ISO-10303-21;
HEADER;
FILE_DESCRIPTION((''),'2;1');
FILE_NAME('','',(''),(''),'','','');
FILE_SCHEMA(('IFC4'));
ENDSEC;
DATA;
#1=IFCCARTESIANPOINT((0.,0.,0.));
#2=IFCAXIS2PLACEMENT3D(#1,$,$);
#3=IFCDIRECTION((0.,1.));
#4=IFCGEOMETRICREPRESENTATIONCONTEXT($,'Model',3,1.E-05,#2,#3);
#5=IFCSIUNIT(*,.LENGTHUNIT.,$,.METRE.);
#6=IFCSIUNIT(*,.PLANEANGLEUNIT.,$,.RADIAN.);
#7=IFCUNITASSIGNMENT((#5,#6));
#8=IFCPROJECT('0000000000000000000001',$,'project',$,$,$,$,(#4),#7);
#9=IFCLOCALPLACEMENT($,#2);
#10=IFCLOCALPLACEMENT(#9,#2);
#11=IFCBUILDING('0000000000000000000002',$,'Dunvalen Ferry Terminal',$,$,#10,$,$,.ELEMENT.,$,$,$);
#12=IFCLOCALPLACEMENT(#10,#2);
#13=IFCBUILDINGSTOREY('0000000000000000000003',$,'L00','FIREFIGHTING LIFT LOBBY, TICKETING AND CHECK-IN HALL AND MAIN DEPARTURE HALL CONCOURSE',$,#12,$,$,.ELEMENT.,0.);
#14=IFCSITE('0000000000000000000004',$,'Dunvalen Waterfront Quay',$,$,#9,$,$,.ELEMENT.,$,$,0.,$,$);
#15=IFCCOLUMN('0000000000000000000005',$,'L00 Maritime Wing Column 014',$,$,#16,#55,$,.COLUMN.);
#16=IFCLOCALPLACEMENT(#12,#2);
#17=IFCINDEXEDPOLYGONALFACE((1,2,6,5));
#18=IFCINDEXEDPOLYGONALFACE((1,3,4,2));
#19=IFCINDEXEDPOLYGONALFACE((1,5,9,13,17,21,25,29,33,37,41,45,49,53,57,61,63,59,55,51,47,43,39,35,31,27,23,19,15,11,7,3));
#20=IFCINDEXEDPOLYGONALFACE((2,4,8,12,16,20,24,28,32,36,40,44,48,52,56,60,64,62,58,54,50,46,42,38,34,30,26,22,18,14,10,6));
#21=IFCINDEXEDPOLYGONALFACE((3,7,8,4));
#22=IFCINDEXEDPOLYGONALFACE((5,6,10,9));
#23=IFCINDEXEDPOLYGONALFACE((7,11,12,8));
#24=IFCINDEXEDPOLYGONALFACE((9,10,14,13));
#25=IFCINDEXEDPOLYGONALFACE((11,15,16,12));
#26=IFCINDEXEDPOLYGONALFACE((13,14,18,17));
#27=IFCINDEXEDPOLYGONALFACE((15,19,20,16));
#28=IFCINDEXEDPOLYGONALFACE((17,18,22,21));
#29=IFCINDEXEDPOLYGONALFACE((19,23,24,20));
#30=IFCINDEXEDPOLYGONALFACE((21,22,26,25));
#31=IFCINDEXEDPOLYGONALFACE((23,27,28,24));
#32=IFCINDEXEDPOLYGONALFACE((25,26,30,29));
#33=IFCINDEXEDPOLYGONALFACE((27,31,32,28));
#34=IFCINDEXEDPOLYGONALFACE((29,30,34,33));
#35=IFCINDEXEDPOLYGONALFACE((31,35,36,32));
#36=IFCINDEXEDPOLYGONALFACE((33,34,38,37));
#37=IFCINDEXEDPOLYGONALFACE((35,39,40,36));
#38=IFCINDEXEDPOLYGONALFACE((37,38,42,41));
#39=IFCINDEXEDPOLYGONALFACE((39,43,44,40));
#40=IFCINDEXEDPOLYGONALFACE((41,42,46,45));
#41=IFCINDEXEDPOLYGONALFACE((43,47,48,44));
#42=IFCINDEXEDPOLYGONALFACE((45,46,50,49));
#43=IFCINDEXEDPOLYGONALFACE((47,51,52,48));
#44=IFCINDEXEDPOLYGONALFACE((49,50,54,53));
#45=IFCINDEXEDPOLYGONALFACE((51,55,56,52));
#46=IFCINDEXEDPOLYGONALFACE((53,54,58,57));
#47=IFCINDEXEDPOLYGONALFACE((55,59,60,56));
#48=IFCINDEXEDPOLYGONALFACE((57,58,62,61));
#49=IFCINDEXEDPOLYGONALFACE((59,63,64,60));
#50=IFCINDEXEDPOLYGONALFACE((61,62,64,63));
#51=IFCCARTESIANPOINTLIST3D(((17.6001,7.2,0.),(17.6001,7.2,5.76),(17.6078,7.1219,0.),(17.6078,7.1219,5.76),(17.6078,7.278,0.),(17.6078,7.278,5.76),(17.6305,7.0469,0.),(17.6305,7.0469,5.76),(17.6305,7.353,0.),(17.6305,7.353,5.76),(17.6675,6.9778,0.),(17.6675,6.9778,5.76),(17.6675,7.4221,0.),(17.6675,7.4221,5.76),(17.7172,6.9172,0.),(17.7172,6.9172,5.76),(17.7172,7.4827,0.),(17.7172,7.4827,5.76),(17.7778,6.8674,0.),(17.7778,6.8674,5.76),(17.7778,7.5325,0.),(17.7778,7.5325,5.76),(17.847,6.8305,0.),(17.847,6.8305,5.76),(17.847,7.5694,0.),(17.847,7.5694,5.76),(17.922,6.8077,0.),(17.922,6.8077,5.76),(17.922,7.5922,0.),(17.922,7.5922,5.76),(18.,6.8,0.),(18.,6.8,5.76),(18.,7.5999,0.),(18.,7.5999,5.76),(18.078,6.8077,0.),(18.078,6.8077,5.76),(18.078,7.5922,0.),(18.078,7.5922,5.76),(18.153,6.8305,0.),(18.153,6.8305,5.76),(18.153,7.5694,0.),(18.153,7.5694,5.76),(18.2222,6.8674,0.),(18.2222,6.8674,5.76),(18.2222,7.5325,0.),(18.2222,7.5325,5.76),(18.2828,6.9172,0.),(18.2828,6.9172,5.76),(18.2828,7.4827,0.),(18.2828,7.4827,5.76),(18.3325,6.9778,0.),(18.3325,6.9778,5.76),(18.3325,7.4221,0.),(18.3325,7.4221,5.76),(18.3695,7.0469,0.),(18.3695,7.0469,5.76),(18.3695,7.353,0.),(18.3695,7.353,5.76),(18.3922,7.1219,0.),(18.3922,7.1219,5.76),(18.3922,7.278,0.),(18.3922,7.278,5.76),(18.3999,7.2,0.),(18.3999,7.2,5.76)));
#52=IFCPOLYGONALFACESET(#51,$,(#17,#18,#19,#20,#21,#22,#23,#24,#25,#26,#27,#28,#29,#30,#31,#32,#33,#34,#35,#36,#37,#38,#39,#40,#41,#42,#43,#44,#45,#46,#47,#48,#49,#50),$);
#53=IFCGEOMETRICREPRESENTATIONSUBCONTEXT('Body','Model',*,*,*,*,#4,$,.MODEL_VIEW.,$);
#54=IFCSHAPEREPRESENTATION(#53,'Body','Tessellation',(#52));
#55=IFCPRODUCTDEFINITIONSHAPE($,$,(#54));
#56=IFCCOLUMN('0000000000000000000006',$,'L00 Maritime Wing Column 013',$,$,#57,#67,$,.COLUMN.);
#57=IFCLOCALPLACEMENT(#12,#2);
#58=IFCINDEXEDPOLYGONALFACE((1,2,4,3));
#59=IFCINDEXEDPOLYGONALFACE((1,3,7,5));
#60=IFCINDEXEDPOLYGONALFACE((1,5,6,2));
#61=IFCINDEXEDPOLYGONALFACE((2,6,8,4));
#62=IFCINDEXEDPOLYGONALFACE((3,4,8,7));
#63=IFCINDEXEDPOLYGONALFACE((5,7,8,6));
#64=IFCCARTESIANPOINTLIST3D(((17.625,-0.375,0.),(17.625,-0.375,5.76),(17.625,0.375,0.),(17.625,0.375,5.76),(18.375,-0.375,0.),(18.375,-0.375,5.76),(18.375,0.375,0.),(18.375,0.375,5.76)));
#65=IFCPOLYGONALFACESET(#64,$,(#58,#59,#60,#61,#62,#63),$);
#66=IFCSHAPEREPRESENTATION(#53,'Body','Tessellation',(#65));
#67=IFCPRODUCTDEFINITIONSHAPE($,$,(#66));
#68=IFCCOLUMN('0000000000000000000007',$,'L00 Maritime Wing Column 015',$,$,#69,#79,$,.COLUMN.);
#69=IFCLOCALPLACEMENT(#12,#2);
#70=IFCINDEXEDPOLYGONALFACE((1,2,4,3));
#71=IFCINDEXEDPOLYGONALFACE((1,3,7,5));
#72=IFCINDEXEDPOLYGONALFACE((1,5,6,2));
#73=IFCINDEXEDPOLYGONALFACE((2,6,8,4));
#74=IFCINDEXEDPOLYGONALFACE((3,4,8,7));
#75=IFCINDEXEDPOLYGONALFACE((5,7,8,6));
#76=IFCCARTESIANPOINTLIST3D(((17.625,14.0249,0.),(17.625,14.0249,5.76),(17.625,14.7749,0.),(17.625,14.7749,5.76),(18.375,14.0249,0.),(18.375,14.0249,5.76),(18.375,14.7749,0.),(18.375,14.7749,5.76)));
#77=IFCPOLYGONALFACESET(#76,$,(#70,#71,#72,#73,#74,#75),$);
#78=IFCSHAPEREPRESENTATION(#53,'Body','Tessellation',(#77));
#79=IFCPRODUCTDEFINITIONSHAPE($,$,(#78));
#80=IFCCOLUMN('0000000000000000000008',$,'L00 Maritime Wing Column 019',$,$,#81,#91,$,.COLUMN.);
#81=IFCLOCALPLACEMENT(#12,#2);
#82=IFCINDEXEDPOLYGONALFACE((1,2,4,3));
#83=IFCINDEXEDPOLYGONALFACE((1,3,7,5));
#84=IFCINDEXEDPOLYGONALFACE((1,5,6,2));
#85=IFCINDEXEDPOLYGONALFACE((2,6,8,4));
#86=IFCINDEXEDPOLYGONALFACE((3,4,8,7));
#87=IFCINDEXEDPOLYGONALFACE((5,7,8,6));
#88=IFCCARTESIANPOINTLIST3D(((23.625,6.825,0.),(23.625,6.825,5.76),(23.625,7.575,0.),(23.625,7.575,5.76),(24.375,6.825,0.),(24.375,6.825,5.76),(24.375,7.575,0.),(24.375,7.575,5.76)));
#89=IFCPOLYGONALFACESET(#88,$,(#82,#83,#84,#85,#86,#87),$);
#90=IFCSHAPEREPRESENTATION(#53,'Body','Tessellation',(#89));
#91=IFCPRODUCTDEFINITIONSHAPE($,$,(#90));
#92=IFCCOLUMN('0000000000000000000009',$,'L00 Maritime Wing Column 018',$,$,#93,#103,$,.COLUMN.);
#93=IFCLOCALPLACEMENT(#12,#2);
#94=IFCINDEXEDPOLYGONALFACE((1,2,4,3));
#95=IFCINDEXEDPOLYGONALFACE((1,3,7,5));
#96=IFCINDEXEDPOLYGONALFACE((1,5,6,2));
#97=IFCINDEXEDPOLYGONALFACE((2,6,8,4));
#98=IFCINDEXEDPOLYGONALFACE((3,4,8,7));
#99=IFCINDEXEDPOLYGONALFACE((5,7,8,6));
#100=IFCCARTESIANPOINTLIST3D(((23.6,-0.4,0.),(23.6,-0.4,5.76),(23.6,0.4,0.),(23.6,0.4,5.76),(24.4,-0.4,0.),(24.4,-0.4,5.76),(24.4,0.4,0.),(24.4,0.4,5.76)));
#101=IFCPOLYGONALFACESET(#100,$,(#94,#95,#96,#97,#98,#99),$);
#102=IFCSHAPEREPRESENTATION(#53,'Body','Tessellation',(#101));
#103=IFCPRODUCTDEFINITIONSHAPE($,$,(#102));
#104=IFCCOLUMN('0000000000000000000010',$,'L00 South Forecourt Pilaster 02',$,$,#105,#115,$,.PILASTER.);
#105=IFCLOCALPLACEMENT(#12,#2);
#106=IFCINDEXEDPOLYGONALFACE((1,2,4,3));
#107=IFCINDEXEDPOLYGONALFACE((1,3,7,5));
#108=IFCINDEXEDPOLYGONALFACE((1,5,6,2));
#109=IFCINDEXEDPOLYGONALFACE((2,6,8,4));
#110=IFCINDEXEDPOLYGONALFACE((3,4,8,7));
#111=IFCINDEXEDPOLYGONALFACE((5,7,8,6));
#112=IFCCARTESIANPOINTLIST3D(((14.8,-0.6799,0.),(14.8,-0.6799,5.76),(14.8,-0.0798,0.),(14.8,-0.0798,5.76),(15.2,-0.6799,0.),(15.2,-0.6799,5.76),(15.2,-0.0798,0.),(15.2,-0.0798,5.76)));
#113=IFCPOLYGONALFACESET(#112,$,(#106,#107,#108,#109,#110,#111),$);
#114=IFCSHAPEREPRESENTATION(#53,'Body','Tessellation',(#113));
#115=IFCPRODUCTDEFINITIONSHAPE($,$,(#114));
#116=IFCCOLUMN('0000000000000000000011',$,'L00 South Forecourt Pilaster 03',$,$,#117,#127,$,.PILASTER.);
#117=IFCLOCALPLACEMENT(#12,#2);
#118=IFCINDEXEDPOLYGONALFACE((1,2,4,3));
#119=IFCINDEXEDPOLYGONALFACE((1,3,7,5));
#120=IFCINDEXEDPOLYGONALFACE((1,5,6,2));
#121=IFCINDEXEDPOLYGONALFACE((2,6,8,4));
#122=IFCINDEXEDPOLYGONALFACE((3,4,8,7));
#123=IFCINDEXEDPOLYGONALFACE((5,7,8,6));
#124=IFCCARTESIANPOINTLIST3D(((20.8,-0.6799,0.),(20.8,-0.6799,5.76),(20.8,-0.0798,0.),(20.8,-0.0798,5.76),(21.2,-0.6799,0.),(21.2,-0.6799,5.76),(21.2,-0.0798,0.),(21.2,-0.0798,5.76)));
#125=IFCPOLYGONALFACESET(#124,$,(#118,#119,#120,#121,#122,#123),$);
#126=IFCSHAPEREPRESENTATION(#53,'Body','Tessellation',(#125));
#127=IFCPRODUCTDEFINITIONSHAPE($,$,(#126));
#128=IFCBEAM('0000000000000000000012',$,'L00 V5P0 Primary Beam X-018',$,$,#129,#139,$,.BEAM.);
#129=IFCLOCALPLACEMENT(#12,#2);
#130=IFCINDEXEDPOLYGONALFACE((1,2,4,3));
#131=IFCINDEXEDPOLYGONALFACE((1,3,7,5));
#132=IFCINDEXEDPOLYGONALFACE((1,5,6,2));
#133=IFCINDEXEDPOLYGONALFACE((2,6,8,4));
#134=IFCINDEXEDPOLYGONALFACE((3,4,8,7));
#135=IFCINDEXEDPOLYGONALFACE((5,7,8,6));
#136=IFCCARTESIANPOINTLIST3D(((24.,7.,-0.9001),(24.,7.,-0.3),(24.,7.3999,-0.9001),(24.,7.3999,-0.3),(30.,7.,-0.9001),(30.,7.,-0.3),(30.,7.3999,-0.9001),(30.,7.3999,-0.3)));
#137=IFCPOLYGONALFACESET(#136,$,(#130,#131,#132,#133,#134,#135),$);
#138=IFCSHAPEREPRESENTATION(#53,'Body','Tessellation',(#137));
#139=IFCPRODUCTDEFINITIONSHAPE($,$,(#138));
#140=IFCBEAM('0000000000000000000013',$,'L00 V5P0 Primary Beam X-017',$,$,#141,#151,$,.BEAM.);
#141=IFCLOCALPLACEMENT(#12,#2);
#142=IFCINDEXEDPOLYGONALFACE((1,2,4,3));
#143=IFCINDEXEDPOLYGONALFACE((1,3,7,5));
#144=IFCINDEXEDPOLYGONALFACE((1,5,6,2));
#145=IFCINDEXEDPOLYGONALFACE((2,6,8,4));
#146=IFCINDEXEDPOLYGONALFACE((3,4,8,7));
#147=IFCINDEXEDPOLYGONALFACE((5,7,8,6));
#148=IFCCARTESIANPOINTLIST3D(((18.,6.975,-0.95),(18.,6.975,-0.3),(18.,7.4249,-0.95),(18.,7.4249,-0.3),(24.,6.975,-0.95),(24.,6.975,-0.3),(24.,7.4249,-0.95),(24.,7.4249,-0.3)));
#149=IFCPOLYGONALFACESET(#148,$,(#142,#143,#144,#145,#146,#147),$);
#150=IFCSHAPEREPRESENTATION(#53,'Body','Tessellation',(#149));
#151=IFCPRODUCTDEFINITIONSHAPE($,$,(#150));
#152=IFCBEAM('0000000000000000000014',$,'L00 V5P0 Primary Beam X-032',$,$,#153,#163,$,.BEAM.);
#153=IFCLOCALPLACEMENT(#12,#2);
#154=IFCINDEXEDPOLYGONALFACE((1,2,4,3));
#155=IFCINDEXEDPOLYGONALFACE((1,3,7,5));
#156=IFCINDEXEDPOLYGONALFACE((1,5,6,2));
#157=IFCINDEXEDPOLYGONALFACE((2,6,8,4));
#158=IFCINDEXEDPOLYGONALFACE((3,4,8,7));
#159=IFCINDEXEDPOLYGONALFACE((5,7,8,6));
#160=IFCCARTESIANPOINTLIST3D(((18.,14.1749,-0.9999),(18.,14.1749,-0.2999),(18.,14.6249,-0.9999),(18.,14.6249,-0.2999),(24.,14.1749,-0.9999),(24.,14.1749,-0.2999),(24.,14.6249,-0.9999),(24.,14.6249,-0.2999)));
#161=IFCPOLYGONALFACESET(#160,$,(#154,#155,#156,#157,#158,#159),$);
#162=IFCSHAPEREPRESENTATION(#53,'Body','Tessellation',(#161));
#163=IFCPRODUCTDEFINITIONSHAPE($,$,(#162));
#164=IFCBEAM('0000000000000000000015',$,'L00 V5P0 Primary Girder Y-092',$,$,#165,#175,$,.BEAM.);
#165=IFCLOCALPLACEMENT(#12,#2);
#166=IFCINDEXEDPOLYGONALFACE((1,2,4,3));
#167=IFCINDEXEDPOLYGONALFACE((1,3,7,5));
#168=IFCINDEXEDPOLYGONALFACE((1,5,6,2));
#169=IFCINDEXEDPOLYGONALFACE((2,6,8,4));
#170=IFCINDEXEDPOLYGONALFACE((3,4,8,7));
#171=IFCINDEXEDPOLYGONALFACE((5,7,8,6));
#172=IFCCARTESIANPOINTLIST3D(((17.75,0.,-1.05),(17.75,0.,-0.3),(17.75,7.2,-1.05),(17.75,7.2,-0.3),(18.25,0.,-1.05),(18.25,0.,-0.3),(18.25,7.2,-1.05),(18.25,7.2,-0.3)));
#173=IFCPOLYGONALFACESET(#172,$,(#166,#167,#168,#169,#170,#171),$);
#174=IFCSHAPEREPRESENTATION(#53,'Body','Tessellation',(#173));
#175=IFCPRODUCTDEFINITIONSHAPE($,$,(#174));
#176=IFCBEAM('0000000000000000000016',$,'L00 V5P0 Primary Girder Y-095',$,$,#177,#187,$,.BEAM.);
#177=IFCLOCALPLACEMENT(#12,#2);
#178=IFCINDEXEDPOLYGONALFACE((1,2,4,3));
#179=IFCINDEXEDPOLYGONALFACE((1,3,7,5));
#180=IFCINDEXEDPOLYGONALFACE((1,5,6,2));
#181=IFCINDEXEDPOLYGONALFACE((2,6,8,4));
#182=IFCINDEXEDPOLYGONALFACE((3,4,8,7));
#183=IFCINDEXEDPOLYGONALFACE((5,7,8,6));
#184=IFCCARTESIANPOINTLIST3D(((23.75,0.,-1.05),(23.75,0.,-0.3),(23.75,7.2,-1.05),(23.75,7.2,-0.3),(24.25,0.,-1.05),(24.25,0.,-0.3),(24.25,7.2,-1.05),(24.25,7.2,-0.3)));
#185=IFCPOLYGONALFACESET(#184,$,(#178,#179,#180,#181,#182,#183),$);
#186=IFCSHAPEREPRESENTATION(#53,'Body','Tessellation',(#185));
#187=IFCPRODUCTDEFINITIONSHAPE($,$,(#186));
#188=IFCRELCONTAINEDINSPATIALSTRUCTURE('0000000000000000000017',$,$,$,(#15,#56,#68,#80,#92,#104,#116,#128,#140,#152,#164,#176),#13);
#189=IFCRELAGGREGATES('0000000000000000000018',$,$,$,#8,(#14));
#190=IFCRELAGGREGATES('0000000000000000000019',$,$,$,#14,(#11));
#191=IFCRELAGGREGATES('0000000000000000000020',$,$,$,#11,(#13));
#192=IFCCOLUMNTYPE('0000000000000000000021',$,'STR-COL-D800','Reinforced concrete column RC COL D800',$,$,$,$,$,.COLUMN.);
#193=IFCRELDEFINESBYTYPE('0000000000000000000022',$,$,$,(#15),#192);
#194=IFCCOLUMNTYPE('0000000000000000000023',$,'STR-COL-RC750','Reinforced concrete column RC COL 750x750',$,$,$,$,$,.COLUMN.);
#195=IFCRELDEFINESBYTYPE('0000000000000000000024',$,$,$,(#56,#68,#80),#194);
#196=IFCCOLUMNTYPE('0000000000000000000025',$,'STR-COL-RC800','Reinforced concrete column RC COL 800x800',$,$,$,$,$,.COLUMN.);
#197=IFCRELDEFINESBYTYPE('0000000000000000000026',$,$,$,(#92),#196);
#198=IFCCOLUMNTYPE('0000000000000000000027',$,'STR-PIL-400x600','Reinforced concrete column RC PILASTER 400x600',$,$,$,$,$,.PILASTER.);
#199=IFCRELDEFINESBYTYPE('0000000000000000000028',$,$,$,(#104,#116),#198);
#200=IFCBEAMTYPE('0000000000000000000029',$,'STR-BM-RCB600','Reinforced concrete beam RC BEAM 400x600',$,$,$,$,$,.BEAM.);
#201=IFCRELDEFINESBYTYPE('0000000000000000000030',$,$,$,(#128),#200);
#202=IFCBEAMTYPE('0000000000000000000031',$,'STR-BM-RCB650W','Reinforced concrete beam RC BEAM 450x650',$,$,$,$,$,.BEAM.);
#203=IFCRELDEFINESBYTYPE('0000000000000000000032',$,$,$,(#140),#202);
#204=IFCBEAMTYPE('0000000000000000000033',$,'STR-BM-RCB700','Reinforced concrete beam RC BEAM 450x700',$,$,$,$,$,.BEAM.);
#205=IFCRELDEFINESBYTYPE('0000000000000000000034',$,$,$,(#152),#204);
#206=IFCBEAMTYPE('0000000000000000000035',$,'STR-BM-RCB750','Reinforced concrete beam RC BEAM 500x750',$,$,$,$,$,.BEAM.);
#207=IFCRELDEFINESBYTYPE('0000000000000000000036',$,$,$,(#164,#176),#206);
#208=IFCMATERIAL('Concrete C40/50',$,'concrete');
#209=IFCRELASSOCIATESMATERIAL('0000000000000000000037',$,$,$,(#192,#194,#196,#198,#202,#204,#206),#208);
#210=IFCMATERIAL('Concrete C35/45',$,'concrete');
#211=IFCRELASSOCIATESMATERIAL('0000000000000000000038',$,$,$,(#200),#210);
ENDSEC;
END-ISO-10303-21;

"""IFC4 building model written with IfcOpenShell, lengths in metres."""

from ifc_helpers import new_model, si_unit, direction, frame, origin, origin_2d, place, context, subcontext, project, spatial, rectangle, circle, extrude, material, material_profile, profile_set, type_object, element, save


model = new_model("IFC4")

# Units and contexts
model_context = context("Model", 3, precision=1e-05, world=origin(), true_north=direction((0.0, 1.0)))
body_context = subcontext(model_context, "Body", "Model", "MODEL_VIEW")
ifc_project = project(units=[si_unit("LENGTHUNIT", "METRE"), si_unit("PLANEANGLEUNIT", "RADIAN")], contexts=[model_context])

# Site, building, storey
site_placement = place(None, origin())
site = spatial("IfcSite", under=ifc_project, at=site_placement, Name="Dunvalen Waterfront Quay", CompositionType="ELEMENT", RefElevation=0.0)
building_placement = place(site_placement, origin())
building = spatial("IfcBuilding", under=site, at=building_placement, Name="Dunvalen Ferry Terminal", CompositionType="ELEMENT")
storey_placement = place(building_placement, origin())
storey = spatial("IfcBuildingStorey", under=building, at=storey_placement, Name="L00", Description="FIREFIGHTING LIFT LOBBY, TICKETING AND CHECK-IN HALL AND MAIN DEPARTURE HALL CONCOURSE", CompositionType="ELEMENT", Elevation=0.0)

# Columns
ifc_material_1 = material(Name="Concrete C40/50", Category="concrete")
ifc_material_profile_1 = material_profile(ifc_material_1, circle(Radius=0.3999, at=origin_2d()), Name="Concrete C40/50")
ifc_profile_set_1 = profile_set([ifc_material_profile_1], Name="Concrete C40/50")
column_type_1 = type_object("IfcColumnType", Name="STR-COL-D800", Description="Reinforced concrete column RC COL D800", PredefinedType="COLUMN", material=ifc_profile_set_1)
column_1_placement = place(storey_placement, frame((18.0, 7.2, 0.0), z_axis=(0.0, 0.0, 1.0), x_axis=(1.0, 0.0, 0.0)))
element("IfcColumn", 1, at=column_1_placement, inside=storey, type_object=column_type_1, Name="L00 Maritime Wing Column 014", PredefinedType="COLUMN", context=body_context, shape_type="SweptSolid", body=[
    extrude(circle(Radius=0.3999, at=origin_2d()), origin(), (0.0, 0.0, 1.0), 5.76),
])
ifc_material_profile_2 = material_profile(ifc_material_1, rectangle(XDim=0.75, YDim=0.75, at=origin_2d()), Name="Concrete C40/50")
ifc_profile_set_2 = profile_set([ifc_material_profile_2], Name="Concrete C40/50")
column_type_2 = type_object("IfcColumnType", Name="STR-COL-RC750", Description="Reinforced concrete column RC COL 750x750", PredefinedType="COLUMN", material=ifc_profile_set_2)
for number, where, z_axis, x_axis, name in (
    (2, (18.0, 0.0, 0.0), (0.0, 0.0, 1.0), (1.0, 0.0, 0.0), "L00 Maritime Wing Column 013"),
    (3, (18.0, 14.3999, 0.0), (0.0, 0.0, 1.0), (1.0, 0.0, 0.0), "L00 Maritime Wing Column 015"),
    (4, (24.0, 7.2, 0.0), (0.0, 0.0, 1.0), (1.0, 0.0, 0.0), "L00 Maritime Wing Column 019"),
):
    element("IfcColumn", number, at=place(storey_placement, frame(where, z_axis=z_axis, x_axis=x_axis)), inside=storey, type_object=column_type_2, Name=name, PredefinedType="COLUMN", context=body_context, shape_type="SweptSolid", body=[
        extrude(rectangle(XDim=0.75, YDim=0.75, at=origin_2d()), origin(), (0.0, 0.0, 1.0), 5.76),
    ])
ifc_material_profile_3 = material_profile(ifc_material_1, rectangle(XDim=0.8, YDim=0.8, at=origin_2d()), Name="Concrete C40/50")
ifc_profile_set_3 = profile_set([ifc_material_profile_3], Name="Concrete C40/50")
column_type_3 = type_object("IfcColumnType", Name="STR-COL-RC800", Description="Reinforced concrete column RC COL 800x800", PredefinedType="COLUMN", material=ifc_profile_set_3)
column_2_placement = place(storey_placement, frame((24.0, 0.0, 0.0), z_axis=(0.0, 0.0, 1.0), x_axis=(1.0, 0.0, 0.0)))
element("IfcColumn", 5, at=column_2_placement, inside=storey, type_object=column_type_3, Name="L00 Maritime Wing Column 018", PredefinedType="COLUMN", context=body_context, shape_type="SweptSolid", body=[
    extrude(rectangle(XDim=0.8, YDim=0.8, at=origin_2d()), origin(), (0.0, 0.0, 1.0), 5.76),
])
ifc_material_profile_4 = material_profile(ifc_material_1, rectangle(XDim=0.3999, YDim=0.6001, at=origin_2d()), Name="Concrete C40/50")
ifc_profile_set_4 = profile_set([ifc_material_profile_4], Name="Concrete C40/50")
column_type_4 = type_object("IfcColumnType", Name="STR-PIL-400x600", Description="Reinforced concrete column RC PILASTER 400x600", PredefinedType="PILASTER", material=ifc_profile_set_4)
for number, where, z_axis, x_axis, name in (
    (6, (15.0, -0.3799, 0.0), (0.0, 0.0, 1.0), (1.0, 0.0, 0.0), "L00 South Forecourt Pilaster 02"),
    (7, (21.0, -0.3799, 0.0), (0.0, 0.0, 1.0), (1.0, 0.0, 0.0), "L00 South Forecourt Pilaster 03"),
):
    element("IfcColumn", number, at=place(storey_placement, frame(where, z_axis=z_axis, x_axis=x_axis)), inside=storey, type_object=column_type_4, Name=name, PredefinedType="PILASTER", context=body_context, shape_type="SweptSolid", body=[
        extrude(rectangle(XDim=0.3999, YDim=0.6001, at=origin_2d()), origin(), (0.0, 0.0, 1.0), 5.76),
    ])

# Beams
ifc_material_2 = material(Name="Concrete C35/45", Category="concrete")
ifc_material_profile_5 = material_profile(ifc_material_2, rectangle(XDim=0.3999, YDim=0.6001, at=origin_2d()), Name="Concrete C35/45")
ifc_profile_set_5 = profile_set([ifc_material_profile_5], Name="Concrete C35/45")
beam_type_1 = type_object("IfcBeamType", Name="STR-BM-RCB600", Description="Reinforced concrete beam RC BEAM 400x600", PredefinedType="BEAM", material=ifc_profile_set_5)
beam_1_placement = place(storey_placement, frame((24.0, 7.2, -0.6001), z_axis=(1.0, 0.0, 0.0), x_axis=(0.0, 1.0, 0.0)))
element("IfcBeam", 8, at=beam_1_placement, inside=storey, type_object=beam_type_1, Name="L00 V5P0 Primary Beam X-018", PredefinedType="BEAM", context=body_context, shape_type="SweptSolid", body=[
    extrude(rectangle(XDim=0.3999, YDim=0.6001, at=origin_2d()), origin(), (0.0, 0.0, 1.0), 6.0),
])
ifc_material_profile_6 = material_profile(ifc_material_1, rectangle(XDim=0.45, YDim=0.6499, at=origin_2d()), Name="Concrete C40/50")
ifc_profile_set_6 = profile_set([ifc_material_profile_6], Name="Concrete C40/50")
beam_type_2 = type_object("IfcBeamType", Name="STR-BM-RCB650W", Description="Reinforced concrete beam RC BEAM 450x650", PredefinedType="BEAM", material=ifc_profile_set_6)
beam_2_placement = place(storey_placement, frame((18.0, 7.2, -0.625), z_axis=(1.0, 0.0, 0.0), x_axis=(0.0, 1.0, 0.0)))
element("IfcBeam", 9, at=beam_2_placement, inside=storey, type_object=beam_type_2, Name="L00 V5P0 Primary Beam X-017", PredefinedType="BEAM", context=body_context, shape_type="SweptSolid", body=[
    extrude(rectangle(XDim=0.45, YDim=0.6499, at=origin_2d()), origin(), (0.0, 0.0, 1.0), 6.0),
])
ifc_material_profile_7 = material_profile(ifc_material_1, rectangle(XDim=0.45, YDim=0.7, at=origin_2d()), Name="Concrete C40/50")
ifc_profile_set_7 = profile_set([ifc_material_profile_7], Name="Concrete C40/50")
beam_type_3 = type_object("IfcBeamType", Name="STR-BM-RCB700", Description="Reinforced concrete beam RC BEAM 450x700", PredefinedType="BEAM", material=ifc_profile_set_7)
beam_3_placement = place(storey_placement, frame((18.0, 14.3999, -0.6499), z_axis=(1.0, 0.0, 0.0), x_axis=(0.0, 1.0, 0.0)))
element("IfcBeam", 10, at=beam_3_placement, inside=storey, type_object=beam_type_3, Name="L00 V5P0 Primary Beam X-032", PredefinedType="BEAM", context=body_context, shape_type="SweptSolid", body=[
    extrude(rectangle(XDim=0.45, YDim=0.7, at=origin_2d()), origin(), (0.0, 0.0, 1.0), 6.0),
])
ifc_material_profile_8 = material_profile(ifc_material_1, rectangle(XDim=0.5, YDim=0.75, at=origin_2d()), Name="Concrete C40/50")
ifc_profile_set_8 = profile_set([ifc_material_profile_8], Name="Concrete C40/50")
beam_type_4 = type_object("IfcBeamType", Name="STR-BM-RCB750", Description="Reinforced concrete beam RC BEAM 500x750", PredefinedType="BEAM", material=ifc_profile_set_8)
for number, where, z_axis, x_axis, name in (
    (11, (18.0, 0.0, -0.675), (0.0, 1.0, 0.0), (-1.0, 0.0, 0.0), "L00 V5P0 Primary Girder Y-092"),
    (12, (24.0, 0.0, -0.675), (0.0, 1.0, 0.0), (-1.0, 0.0, 0.0), "L00 V5P0 Primary Girder Y-095"),
):
    element("IfcBeam", number, at=place(storey_placement, frame(where, z_axis=z_axis, x_axis=x_axis)), inside=storey, type_object=beam_type_4, Name=name, PredefinedType="BEAM", context=body_context, shape_type="SweptSolid", body=[
        extrude(rectangle(XDim=0.5, YDim=0.75, at=origin_2d()), origin(), (0.0, 0.0, 1.0), 7.2),
    ])

save(model, "model.ifc")
